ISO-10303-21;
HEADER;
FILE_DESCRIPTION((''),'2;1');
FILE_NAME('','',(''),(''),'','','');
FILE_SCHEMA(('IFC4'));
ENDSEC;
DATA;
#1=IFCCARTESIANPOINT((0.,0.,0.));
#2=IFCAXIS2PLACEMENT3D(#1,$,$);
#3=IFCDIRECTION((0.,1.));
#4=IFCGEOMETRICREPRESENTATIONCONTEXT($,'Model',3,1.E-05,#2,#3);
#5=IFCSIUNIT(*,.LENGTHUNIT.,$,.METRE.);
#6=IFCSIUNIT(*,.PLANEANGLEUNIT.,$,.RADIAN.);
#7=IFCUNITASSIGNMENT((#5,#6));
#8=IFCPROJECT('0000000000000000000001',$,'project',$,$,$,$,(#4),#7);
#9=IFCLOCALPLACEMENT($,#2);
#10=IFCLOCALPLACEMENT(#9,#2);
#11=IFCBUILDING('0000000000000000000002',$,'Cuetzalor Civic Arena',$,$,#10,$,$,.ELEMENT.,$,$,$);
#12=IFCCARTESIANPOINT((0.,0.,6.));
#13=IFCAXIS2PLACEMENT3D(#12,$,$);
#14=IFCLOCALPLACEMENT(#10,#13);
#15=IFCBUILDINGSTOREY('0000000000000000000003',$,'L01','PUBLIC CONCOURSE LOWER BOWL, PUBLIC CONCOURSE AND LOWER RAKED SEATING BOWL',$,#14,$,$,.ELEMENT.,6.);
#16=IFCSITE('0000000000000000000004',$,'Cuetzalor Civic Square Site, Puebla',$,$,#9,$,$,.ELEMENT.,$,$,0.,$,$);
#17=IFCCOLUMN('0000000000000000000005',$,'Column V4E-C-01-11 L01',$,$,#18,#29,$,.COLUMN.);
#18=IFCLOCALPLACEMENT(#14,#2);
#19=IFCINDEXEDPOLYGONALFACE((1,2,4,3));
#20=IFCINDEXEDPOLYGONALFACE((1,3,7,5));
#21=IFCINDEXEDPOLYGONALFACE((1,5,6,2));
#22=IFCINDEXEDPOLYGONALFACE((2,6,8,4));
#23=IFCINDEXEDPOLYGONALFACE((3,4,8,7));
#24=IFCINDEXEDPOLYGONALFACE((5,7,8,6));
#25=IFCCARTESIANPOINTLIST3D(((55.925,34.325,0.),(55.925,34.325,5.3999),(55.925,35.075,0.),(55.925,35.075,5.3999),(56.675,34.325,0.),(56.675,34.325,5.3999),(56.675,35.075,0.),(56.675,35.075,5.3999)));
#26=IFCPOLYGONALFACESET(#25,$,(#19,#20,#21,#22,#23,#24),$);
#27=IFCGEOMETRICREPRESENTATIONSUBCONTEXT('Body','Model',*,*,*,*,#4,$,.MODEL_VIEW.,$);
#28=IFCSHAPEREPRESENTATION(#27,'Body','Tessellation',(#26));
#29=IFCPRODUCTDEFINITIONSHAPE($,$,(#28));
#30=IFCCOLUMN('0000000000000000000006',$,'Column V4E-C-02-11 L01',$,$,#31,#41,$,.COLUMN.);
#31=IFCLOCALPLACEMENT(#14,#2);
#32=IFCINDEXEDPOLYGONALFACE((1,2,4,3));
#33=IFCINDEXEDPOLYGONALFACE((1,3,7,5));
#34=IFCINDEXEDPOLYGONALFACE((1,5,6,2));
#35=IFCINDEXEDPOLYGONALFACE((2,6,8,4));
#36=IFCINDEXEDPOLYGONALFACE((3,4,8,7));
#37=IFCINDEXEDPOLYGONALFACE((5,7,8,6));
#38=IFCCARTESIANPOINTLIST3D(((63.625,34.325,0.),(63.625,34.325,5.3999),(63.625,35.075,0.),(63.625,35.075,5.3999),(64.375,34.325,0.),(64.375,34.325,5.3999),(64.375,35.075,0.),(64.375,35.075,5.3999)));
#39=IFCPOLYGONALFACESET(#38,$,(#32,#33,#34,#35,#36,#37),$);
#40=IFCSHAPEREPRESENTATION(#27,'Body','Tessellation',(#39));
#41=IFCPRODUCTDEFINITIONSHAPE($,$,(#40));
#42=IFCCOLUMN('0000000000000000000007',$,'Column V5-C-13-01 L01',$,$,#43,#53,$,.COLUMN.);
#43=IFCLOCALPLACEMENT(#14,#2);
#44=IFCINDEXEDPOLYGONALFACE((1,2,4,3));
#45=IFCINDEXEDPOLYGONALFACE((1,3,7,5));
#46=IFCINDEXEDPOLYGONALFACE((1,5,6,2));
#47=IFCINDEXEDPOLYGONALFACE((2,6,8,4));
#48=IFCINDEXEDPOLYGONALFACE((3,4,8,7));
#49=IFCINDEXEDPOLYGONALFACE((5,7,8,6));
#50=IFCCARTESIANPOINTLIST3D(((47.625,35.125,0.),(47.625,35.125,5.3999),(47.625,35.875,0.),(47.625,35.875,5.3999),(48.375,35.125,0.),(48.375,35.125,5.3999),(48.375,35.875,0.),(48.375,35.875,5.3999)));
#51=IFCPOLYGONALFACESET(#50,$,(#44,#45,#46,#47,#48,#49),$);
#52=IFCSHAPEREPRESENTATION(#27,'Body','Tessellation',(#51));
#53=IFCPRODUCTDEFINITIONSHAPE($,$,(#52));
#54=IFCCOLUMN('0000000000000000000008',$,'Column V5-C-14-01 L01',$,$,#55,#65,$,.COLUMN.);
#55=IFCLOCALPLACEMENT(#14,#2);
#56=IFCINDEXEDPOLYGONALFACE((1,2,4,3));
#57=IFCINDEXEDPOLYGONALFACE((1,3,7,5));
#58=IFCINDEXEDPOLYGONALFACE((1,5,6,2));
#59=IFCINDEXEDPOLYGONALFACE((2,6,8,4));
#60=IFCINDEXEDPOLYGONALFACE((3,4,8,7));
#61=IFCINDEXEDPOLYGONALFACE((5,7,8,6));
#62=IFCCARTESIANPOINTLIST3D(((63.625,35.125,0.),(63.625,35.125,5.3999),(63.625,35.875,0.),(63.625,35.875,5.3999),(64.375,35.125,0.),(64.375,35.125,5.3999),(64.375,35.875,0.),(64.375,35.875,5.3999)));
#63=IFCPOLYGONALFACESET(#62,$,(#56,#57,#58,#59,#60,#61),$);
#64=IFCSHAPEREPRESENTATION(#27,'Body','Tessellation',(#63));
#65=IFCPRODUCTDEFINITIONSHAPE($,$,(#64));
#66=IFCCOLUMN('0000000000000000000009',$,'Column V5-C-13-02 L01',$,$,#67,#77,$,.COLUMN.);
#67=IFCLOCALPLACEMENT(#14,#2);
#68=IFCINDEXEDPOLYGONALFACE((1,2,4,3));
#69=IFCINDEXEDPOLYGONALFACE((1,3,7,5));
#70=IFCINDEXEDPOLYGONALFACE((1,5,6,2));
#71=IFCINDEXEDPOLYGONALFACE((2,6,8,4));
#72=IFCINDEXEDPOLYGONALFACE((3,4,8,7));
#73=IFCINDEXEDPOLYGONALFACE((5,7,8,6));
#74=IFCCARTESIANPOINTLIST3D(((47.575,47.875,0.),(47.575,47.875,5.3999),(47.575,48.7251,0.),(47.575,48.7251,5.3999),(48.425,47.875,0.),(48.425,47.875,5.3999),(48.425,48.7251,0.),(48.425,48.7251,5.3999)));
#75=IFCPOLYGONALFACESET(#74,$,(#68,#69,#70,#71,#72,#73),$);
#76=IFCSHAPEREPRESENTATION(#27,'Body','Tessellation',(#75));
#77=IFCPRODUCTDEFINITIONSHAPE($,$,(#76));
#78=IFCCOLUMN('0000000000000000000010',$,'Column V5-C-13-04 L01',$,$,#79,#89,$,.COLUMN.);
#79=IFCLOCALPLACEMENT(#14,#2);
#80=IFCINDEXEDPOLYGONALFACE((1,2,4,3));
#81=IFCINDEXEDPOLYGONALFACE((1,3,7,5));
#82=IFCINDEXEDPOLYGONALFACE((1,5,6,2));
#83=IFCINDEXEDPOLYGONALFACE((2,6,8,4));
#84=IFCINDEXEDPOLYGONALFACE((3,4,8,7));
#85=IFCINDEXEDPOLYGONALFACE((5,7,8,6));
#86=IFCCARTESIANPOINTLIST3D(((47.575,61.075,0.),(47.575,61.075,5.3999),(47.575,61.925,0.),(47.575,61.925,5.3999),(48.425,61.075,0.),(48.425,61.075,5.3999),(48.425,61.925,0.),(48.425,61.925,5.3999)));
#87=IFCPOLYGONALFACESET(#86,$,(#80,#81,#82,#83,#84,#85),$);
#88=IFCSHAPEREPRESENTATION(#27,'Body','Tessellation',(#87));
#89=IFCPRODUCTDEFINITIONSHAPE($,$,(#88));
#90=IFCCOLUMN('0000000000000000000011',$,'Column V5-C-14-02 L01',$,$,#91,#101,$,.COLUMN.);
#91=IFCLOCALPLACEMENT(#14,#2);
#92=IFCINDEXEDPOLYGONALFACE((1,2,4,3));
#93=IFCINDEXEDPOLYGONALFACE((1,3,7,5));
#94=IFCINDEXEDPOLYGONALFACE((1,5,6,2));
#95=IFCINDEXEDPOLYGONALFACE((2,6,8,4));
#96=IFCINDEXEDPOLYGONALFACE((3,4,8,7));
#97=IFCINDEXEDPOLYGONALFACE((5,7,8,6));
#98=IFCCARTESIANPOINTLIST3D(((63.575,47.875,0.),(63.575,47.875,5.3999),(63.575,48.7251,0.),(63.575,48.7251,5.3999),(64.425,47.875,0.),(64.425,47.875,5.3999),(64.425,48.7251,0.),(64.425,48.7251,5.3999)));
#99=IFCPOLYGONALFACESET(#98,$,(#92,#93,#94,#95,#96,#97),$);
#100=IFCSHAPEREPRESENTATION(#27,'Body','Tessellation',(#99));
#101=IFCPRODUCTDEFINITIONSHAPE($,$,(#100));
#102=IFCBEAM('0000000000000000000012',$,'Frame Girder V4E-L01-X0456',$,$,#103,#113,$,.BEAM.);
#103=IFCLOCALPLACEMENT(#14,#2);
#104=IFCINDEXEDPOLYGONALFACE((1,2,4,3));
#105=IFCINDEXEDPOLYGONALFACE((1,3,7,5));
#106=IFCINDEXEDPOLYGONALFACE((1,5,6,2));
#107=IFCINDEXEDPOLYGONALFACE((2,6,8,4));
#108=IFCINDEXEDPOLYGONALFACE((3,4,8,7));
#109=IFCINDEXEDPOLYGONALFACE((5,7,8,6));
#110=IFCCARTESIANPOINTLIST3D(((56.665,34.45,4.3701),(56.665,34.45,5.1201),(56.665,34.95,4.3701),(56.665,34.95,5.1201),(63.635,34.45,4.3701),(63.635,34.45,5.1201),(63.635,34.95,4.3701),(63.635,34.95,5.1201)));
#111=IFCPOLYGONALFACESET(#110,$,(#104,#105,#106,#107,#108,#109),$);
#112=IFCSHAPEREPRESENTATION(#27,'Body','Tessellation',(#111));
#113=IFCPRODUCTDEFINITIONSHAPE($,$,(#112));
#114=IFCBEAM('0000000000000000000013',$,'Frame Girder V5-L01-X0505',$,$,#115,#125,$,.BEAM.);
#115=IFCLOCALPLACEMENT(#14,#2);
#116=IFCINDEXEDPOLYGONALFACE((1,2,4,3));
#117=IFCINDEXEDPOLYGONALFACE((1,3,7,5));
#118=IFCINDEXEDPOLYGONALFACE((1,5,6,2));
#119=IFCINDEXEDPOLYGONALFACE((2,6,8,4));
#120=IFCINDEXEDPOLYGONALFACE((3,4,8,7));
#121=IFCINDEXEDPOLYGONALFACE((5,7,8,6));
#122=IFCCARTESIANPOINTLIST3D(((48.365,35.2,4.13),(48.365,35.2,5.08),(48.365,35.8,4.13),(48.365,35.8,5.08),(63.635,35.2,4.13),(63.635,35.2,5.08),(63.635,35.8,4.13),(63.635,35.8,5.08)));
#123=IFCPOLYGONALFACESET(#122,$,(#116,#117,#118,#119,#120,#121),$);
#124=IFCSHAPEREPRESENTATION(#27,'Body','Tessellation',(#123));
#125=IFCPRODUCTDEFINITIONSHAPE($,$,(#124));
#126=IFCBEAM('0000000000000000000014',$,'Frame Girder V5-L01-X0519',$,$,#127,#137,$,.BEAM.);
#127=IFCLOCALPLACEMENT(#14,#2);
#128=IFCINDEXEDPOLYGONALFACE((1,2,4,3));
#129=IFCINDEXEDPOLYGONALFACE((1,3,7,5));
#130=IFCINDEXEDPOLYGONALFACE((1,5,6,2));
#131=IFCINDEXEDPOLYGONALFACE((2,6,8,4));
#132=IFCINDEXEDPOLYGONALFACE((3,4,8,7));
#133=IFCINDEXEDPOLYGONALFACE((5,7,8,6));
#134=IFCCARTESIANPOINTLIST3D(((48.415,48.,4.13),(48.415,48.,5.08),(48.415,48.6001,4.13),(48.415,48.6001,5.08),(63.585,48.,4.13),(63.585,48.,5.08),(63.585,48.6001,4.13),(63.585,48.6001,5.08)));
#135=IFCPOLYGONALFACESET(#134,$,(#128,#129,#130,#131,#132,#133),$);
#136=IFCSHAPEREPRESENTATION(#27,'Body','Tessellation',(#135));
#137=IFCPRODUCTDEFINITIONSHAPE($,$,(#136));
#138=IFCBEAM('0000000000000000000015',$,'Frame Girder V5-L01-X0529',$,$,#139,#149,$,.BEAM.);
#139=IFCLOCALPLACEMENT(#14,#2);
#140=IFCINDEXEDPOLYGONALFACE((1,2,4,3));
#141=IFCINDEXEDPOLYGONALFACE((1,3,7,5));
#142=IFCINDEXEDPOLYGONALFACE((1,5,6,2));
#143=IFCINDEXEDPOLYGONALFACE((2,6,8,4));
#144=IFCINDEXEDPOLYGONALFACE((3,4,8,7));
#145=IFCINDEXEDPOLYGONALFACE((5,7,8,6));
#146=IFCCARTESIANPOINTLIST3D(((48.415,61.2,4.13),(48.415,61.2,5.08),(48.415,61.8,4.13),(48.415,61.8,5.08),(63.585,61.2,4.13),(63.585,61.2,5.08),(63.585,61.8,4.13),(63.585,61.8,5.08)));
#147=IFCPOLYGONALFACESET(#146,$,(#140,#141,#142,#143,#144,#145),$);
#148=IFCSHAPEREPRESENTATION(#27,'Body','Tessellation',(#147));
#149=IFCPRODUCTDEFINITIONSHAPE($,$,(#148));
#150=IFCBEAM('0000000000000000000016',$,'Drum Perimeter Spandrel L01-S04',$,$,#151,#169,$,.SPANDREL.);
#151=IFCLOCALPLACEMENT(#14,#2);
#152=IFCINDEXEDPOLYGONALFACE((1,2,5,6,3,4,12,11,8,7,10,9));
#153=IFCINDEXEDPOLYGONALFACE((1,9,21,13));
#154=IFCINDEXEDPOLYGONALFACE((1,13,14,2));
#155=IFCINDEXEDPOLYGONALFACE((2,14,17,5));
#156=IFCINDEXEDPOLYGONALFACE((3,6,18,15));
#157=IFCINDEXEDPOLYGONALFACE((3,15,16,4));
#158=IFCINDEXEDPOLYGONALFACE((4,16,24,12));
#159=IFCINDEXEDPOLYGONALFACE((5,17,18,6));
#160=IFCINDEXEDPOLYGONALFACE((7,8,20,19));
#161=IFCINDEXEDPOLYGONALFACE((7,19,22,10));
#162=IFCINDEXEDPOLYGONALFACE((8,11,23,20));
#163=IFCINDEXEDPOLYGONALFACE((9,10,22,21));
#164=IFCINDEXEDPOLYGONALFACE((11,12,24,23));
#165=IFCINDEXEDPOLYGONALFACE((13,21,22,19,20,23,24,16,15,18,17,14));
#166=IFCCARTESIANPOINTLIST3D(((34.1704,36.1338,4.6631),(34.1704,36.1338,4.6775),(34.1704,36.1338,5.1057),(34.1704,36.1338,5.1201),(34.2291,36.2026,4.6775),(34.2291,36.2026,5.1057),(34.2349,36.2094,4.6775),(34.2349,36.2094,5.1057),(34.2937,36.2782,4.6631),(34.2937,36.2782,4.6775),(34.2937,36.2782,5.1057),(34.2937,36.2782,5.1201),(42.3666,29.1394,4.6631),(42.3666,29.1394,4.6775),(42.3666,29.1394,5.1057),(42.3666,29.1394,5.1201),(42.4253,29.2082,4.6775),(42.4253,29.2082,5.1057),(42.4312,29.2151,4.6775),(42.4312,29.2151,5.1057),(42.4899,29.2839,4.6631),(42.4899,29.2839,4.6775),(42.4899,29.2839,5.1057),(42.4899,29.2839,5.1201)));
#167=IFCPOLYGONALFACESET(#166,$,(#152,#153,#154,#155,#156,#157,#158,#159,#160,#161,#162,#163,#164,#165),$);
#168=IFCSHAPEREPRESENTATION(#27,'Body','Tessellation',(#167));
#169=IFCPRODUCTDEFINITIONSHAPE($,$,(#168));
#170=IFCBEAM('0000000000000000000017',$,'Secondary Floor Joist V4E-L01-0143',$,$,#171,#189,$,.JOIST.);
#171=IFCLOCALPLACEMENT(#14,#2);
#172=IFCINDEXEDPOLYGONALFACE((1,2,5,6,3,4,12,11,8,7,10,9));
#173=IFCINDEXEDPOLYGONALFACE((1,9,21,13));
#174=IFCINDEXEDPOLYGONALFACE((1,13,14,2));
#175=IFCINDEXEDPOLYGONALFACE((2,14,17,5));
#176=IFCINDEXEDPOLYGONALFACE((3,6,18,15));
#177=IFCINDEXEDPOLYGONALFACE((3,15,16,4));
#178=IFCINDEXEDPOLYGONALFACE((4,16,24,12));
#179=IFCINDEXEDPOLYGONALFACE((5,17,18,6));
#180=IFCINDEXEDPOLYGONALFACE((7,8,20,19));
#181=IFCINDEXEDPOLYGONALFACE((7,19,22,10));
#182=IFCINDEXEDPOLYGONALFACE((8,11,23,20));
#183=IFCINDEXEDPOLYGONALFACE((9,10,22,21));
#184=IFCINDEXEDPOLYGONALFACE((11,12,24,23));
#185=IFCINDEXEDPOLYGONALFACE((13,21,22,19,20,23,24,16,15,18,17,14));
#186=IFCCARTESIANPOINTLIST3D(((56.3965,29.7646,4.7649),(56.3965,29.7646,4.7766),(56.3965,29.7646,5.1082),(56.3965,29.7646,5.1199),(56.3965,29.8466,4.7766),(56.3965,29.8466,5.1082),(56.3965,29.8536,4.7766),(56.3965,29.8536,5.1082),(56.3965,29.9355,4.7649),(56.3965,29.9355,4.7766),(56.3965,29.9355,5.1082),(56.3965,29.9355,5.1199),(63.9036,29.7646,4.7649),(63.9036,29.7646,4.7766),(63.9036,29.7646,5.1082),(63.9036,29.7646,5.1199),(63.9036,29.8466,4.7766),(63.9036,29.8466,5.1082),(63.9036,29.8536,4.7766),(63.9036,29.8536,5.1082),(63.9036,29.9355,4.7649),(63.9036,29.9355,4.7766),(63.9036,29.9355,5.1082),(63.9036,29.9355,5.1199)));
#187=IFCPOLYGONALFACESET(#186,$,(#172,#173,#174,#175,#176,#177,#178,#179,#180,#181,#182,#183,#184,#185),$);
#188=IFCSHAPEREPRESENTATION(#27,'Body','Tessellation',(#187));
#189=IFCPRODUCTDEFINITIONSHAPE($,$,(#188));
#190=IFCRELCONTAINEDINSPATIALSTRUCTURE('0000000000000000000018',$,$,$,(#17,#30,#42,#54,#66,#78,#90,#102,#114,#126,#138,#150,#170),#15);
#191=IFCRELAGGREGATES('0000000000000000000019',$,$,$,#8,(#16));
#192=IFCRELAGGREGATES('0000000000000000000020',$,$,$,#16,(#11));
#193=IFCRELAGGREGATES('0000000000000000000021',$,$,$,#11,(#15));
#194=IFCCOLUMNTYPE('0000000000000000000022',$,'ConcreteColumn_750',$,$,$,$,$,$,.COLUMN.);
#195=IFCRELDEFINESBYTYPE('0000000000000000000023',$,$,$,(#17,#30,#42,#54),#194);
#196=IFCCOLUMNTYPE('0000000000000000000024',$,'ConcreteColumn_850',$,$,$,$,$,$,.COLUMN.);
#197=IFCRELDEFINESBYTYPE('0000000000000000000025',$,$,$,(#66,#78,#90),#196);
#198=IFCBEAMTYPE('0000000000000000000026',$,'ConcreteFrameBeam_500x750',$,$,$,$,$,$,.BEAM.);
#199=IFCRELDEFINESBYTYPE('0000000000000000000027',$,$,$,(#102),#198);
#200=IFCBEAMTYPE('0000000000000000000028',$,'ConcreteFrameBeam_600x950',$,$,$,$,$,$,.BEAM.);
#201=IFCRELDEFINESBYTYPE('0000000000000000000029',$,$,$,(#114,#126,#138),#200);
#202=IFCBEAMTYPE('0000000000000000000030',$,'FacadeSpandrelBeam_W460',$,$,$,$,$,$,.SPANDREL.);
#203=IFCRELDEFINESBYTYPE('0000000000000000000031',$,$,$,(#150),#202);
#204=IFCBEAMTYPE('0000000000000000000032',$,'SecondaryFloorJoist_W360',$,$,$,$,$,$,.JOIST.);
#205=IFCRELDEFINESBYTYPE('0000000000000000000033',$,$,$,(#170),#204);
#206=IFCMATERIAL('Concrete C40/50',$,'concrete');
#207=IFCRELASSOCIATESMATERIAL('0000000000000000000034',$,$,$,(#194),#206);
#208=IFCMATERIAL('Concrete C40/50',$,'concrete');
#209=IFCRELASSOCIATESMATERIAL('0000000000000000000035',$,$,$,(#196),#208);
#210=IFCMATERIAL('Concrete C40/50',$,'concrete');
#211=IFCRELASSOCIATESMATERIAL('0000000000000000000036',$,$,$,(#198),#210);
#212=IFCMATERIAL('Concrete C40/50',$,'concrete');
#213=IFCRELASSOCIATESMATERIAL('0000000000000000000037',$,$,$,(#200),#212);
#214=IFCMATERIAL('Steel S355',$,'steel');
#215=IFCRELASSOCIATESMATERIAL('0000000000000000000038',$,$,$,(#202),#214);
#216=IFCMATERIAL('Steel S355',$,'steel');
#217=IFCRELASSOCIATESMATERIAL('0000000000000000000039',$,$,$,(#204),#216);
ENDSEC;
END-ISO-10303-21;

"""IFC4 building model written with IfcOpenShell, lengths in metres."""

from ifc_helpers import new_model, si_unit, direction, frame, origin, origin_2d, place, context, subcontext, project, spatial, rectangle, i_section, extrude, material, material_profile, profile_set, type_object, element, save


model = new_model("IFC4")

# Units and contexts
model_context = context("Model", 3, precision=1e-05, world=origin(), true_north=direction((0.0, 1.0)))
body_context = subcontext(model_context, "Body", "Model", "MODEL_VIEW")
ifc_project = project(units=[si_unit("LENGTHUNIT", "METRE"), si_unit("PLANEANGLEUNIT", "RADIAN")], contexts=[model_context])

# Site, building, storey
site_placement = place(None, origin())
site = spatial("IfcSite", under=ifc_project, at=site_placement, Name="Cuetzalor Civic Square Site, Puebla", CompositionType="ELEMENT", RefElevation=0.0)
building_placement = place(site_placement, origin())
building = spatial("IfcBuilding", under=site, at=building_placement, Name="Cuetzalor Civic Arena", CompositionType="ELEMENT")
storey_placement = place(building_placement, frame((0.0, 0.0, 6.0)))
storey = spatial("IfcBuildingStorey", under=building, at=storey_placement, Name="L01", Description="PUBLIC CONCOURSE LOWER BOWL, PUBLIC CONCOURSE AND LOWER RAKED SEATING BOWL", CompositionType="ELEMENT", Elevation=6.0)

# Columns
ifc_material_1 = material(Name="Concrete C40/50", Category="concrete")
ifc_material_profile_1 = material_profile(ifc_material_1, rectangle(XDim=0.75, YDim=0.75, at=origin_2d()), Name="RC 750x750")
ifc_profile_set_1 = profile_set([ifc_material_profile_1], Name="Concrete C40/50")
column_type_1 = type_object("IfcColumnType", Name="ConcreteColumn_750", PredefinedType="COLUMN", material=ifc_profile_set_1)
for number, where, z_axis, x_axis, name in (
    (1, (56.3, 34.7, 0.0), (0.0, 0.0, 1.0), (1.0, 0.0, 0.0), "Column V4E-C-01-11 L01"),
    (2, (64.0, 34.7, 0.0), (0.0, 0.0, 1.0), (1.0, 0.0, 0.0), "Column V4E-C-02-11 L01"),
    (3, (48.0, 35.5, 0.0), (0.0, 0.0, 1.0), (1.0, 0.0, 0.0), "Column V5-C-13-01 L01"),
    (4, (64.0, 35.5, 0.0), (0.0, 0.0, 1.0), (1.0, 0.0, 0.0), "Column V5-C-14-01 L01"),
):
    element("IfcColumn", number, at=place(storey_placement, frame(where, z_axis=z_axis, x_axis=x_axis)), inside=storey, type_object=column_type_1, Name=name, PredefinedType="COLUMN", context=body_context, shape_type="SweptSolid", body=[
        extrude(rectangle(XDim=0.75, YDim=0.75, at=origin_2d()), origin(), (0.0, 0.0, 1.0), 5.3999),
    ])
ifc_material_2 = material(Name="Concrete C40/50", Category="concrete")
ifc_material_profile_2 = material_profile(ifc_material_2, rectangle(XDim=0.8501, YDim=0.8501, at=origin_2d()), Name="RC 850x850")
ifc_profile_set_2 = profile_set([ifc_material_profile_2], Name="Concrete C40/50")
column_type_2 = type_object("IfcColumnType", Name="ConcreteColumn_850", PredefinedType="COLUMN", material=ifc_profile_set_2)
for number, where, z_axis, x_axis, name in (
    (5, (48.0, 48.3, 0.0), (0.0, 0.0, 1.0), (1.0, 0.0, 0.0), "Column V5-C-13-02 L01"),
    (6, (48.0, 61.5, 0.0), (0.0, 0.0, 1.0), (1.0, 0.0, 0.0), "Column V5-C-13-04 L01"),
    (7, (64.0, 48.3, 0.0), (0.0, 0.0, 1.0), (1.0, 0.0, 0.0), "Column V5-C-14-02 L01"),
):
    element("IfcColumn", number, at=place(storey_placement, frame(where, z_axis=z_axis, x_axis=x_axis)), inside=storey, type_object=column_type_2, Name=name, PredefinedType="COLUMN", context=body_context, shape_type="SweptSolid", body=[
        extrude(rectangle(XDim=0.8501, YDim=0.8501, at=origin_2d()), origin(), (0.0, 0.0, 1.0), 5.3999),
    ])

# Beams
ifc_material_3 = material(Name="Concrete C40/50", Category="concrete")
ifc_material_profile_3 = material_profile(ifc_material_3, rectangle(XDim=0.5, YDim=0.75, at=origin_2d()), Name="RC 500x750")
ifc_profile_set_3 = profile_set([ifc_material_profile_3], Name="Concrete C40/50")
beam_type_1 = type_object("IfcBeamType", Name="ConcreteFrameBeam_500x750", PredefinedType="BEAM", material=ifc_profile_set_3)
beam_1_placement = place(storey_placement, frame((56.665, 34.7, 4.7451), z_axis=(1.0, 0.0, 0.0), x_axis=(0.0, 1.0, 0.0)))
element("IfcBeam", 8, at=beam_1_placement, inside=storey, type_object=beam_type_1, Name="Frame Girder V4E-L01-X0456", PredefinedType="BEAM", context=body_context, shape_type="SweptSolid", body=[
    extrude(rectangle(XDim=0.5, YDim=0.75, at=origin_2d()), origin(), (0.0, 0.0, 1.0), 6.97),
])
ifc_material_4 = material(Name="Concrete C40/50", Category="concrete")
ifc_material_profile_4 = material_profile(ifc_material_4, rectangle(XDim=0.6001, YDim=0.95, at=origin_2d()), Name="RC 600x950")
ifc_profile_set_4 = profile_set([ifc_material_profile_4], Name="Concrete C40/50")
beam_type_2 = type_object("IfcBeamType", Name="ConcreteFrameBeam_600x950", PredefinedType="BEAM", material=ifc_profile_set_4)
beam_2_placement = place(storey_placement, frame((48.365, 35.5, 4.605), z_axis=(1.0, 0.0, 0.0), x_axis=(0.0, 1.0, 0.0)))
element("IfcBeam", 9, at=beam_2_placement, inside=storey, type_object=beam_type_2, Name="Frame Girder V5-L01-X0505", PredefinedType="BEAM", context=body_context, shape_type="SweptSolid", body=[
    extrude(rectangle(XDim=0.6001, YDim=0.95, at=origin_2d()), origin(), (0.0, 0.0, 1.0), 15.27),
])
for number, where, z_axis, x_axis, name in (
    (10, (48.415, 48.3, 4.605), (1.0, 0.0, 0.0), (0.0, 1.0, 0.0), "Frame Girder V5-L01-X0519"),
    (11, (48.415, 61.5, 4.605), (1.0, 0.0, 0.0), (0.0, 1.0, 0.0), "Frame Girder V5-L01-X0529"),
):
    element("IfcBeam", number, at=place(storey_placement, frame(where, z_axis=z_axis, x_axis=x_axis)), inside=storey, type_object=beam_type_2, Name=name, PredefinedType="BEAM", context=body_context, shape_type="SweptSolid", body=[
        extrude(rectangle(XDim=0.6001, YDim=0.95, at=origin_2d()), origin(), (0.0, 0.0, 1.0), 15.1699),
    ])
ifc_material_5 = material(Name="Steel S355", Category="steel")
ifc_material_profile_5 = material_profile(ifc_material_5, i_section(OverallWidth=0.1899, OverallDepth=0.457, WebThickness=0.009, FlangeThickness=0.0144, at=origin_2d()), Name="W460x74")
ifc_profile_set_5 = profile_set([ifc_material_profile_5], Name="Steel S355")
beam_type_3 = type_object("IfcBeamType", Name="FacadeSpandrelBeam_W460", PredefinedType="SPANDREL", material=ifc_profile_set_5)
beam_3_placement = place(storey_placement, frame((42.4282, 29.2117, 4.8916), z_axis=(-0.760677, 0.649131, 0.0), x_axis=(-0.649131, -0.760677, 0.0)))
element("IfcBeam", 12, at=beam_3_placement, inside=storey, type_object=beam_type_3, Name="Drum Perimeter Spandrel L01-S04", PredefinedType="SPANDREL", context=body_context, shape_type="SweptSolid", body=[
    extrude(i_section(OverallWidth=0.1899, OverallDepth=0.457, WebThickness=0.009, FlangeThickness=0.0144, at=origin_2d()), origin(), (0.0, 0.0, 1.0), 10.7749),
])
ifc_material_6 = material(Name="Steel S355", Category="steel")
ifc_material_profile_6 = material_profile(ifc_material_6, i_section(OverallWidth=0.1709, OverallDepth=0.355, WebThickness=0.0071, FlangeThickness=0.0117, at=origin_2d()), Name="W360x51")
ifc_profile_set_6 = profile_set([ifc_material_profile_6], Name="Steel S355")
beam_type_4 = type_object("IfcBeamType", Name="SecondaryFloorJoist_W360", PredefinedType="JOIST", material=ifc_profile_set_6)
beam_4_placement = place(storey_placement, frame((56.3965, 29.8501, 4.9424), z_axis=(1.0, 0.0, 0.0), x_axis=(0.0, 1.0, 0.0)))
element("IfcBeam", 13, at=beam_4_placement, inside=storey, type_object=beam_type_4, Name="Secondary Floor Joist V4E-L01-0143", PredefinedType="JOIST", context=body_context, shape_type="SweptSolid", body=[
    extrude(i_section(OverallWidth=0.1709, OverallDepth=0.355, WebThickness=0.0071, FlangeThickness=0.0117, at=origin_2d()), origin(), (0.0, 0.0, 1.0), 7.5071),
])

save(model, "model.ifc")
